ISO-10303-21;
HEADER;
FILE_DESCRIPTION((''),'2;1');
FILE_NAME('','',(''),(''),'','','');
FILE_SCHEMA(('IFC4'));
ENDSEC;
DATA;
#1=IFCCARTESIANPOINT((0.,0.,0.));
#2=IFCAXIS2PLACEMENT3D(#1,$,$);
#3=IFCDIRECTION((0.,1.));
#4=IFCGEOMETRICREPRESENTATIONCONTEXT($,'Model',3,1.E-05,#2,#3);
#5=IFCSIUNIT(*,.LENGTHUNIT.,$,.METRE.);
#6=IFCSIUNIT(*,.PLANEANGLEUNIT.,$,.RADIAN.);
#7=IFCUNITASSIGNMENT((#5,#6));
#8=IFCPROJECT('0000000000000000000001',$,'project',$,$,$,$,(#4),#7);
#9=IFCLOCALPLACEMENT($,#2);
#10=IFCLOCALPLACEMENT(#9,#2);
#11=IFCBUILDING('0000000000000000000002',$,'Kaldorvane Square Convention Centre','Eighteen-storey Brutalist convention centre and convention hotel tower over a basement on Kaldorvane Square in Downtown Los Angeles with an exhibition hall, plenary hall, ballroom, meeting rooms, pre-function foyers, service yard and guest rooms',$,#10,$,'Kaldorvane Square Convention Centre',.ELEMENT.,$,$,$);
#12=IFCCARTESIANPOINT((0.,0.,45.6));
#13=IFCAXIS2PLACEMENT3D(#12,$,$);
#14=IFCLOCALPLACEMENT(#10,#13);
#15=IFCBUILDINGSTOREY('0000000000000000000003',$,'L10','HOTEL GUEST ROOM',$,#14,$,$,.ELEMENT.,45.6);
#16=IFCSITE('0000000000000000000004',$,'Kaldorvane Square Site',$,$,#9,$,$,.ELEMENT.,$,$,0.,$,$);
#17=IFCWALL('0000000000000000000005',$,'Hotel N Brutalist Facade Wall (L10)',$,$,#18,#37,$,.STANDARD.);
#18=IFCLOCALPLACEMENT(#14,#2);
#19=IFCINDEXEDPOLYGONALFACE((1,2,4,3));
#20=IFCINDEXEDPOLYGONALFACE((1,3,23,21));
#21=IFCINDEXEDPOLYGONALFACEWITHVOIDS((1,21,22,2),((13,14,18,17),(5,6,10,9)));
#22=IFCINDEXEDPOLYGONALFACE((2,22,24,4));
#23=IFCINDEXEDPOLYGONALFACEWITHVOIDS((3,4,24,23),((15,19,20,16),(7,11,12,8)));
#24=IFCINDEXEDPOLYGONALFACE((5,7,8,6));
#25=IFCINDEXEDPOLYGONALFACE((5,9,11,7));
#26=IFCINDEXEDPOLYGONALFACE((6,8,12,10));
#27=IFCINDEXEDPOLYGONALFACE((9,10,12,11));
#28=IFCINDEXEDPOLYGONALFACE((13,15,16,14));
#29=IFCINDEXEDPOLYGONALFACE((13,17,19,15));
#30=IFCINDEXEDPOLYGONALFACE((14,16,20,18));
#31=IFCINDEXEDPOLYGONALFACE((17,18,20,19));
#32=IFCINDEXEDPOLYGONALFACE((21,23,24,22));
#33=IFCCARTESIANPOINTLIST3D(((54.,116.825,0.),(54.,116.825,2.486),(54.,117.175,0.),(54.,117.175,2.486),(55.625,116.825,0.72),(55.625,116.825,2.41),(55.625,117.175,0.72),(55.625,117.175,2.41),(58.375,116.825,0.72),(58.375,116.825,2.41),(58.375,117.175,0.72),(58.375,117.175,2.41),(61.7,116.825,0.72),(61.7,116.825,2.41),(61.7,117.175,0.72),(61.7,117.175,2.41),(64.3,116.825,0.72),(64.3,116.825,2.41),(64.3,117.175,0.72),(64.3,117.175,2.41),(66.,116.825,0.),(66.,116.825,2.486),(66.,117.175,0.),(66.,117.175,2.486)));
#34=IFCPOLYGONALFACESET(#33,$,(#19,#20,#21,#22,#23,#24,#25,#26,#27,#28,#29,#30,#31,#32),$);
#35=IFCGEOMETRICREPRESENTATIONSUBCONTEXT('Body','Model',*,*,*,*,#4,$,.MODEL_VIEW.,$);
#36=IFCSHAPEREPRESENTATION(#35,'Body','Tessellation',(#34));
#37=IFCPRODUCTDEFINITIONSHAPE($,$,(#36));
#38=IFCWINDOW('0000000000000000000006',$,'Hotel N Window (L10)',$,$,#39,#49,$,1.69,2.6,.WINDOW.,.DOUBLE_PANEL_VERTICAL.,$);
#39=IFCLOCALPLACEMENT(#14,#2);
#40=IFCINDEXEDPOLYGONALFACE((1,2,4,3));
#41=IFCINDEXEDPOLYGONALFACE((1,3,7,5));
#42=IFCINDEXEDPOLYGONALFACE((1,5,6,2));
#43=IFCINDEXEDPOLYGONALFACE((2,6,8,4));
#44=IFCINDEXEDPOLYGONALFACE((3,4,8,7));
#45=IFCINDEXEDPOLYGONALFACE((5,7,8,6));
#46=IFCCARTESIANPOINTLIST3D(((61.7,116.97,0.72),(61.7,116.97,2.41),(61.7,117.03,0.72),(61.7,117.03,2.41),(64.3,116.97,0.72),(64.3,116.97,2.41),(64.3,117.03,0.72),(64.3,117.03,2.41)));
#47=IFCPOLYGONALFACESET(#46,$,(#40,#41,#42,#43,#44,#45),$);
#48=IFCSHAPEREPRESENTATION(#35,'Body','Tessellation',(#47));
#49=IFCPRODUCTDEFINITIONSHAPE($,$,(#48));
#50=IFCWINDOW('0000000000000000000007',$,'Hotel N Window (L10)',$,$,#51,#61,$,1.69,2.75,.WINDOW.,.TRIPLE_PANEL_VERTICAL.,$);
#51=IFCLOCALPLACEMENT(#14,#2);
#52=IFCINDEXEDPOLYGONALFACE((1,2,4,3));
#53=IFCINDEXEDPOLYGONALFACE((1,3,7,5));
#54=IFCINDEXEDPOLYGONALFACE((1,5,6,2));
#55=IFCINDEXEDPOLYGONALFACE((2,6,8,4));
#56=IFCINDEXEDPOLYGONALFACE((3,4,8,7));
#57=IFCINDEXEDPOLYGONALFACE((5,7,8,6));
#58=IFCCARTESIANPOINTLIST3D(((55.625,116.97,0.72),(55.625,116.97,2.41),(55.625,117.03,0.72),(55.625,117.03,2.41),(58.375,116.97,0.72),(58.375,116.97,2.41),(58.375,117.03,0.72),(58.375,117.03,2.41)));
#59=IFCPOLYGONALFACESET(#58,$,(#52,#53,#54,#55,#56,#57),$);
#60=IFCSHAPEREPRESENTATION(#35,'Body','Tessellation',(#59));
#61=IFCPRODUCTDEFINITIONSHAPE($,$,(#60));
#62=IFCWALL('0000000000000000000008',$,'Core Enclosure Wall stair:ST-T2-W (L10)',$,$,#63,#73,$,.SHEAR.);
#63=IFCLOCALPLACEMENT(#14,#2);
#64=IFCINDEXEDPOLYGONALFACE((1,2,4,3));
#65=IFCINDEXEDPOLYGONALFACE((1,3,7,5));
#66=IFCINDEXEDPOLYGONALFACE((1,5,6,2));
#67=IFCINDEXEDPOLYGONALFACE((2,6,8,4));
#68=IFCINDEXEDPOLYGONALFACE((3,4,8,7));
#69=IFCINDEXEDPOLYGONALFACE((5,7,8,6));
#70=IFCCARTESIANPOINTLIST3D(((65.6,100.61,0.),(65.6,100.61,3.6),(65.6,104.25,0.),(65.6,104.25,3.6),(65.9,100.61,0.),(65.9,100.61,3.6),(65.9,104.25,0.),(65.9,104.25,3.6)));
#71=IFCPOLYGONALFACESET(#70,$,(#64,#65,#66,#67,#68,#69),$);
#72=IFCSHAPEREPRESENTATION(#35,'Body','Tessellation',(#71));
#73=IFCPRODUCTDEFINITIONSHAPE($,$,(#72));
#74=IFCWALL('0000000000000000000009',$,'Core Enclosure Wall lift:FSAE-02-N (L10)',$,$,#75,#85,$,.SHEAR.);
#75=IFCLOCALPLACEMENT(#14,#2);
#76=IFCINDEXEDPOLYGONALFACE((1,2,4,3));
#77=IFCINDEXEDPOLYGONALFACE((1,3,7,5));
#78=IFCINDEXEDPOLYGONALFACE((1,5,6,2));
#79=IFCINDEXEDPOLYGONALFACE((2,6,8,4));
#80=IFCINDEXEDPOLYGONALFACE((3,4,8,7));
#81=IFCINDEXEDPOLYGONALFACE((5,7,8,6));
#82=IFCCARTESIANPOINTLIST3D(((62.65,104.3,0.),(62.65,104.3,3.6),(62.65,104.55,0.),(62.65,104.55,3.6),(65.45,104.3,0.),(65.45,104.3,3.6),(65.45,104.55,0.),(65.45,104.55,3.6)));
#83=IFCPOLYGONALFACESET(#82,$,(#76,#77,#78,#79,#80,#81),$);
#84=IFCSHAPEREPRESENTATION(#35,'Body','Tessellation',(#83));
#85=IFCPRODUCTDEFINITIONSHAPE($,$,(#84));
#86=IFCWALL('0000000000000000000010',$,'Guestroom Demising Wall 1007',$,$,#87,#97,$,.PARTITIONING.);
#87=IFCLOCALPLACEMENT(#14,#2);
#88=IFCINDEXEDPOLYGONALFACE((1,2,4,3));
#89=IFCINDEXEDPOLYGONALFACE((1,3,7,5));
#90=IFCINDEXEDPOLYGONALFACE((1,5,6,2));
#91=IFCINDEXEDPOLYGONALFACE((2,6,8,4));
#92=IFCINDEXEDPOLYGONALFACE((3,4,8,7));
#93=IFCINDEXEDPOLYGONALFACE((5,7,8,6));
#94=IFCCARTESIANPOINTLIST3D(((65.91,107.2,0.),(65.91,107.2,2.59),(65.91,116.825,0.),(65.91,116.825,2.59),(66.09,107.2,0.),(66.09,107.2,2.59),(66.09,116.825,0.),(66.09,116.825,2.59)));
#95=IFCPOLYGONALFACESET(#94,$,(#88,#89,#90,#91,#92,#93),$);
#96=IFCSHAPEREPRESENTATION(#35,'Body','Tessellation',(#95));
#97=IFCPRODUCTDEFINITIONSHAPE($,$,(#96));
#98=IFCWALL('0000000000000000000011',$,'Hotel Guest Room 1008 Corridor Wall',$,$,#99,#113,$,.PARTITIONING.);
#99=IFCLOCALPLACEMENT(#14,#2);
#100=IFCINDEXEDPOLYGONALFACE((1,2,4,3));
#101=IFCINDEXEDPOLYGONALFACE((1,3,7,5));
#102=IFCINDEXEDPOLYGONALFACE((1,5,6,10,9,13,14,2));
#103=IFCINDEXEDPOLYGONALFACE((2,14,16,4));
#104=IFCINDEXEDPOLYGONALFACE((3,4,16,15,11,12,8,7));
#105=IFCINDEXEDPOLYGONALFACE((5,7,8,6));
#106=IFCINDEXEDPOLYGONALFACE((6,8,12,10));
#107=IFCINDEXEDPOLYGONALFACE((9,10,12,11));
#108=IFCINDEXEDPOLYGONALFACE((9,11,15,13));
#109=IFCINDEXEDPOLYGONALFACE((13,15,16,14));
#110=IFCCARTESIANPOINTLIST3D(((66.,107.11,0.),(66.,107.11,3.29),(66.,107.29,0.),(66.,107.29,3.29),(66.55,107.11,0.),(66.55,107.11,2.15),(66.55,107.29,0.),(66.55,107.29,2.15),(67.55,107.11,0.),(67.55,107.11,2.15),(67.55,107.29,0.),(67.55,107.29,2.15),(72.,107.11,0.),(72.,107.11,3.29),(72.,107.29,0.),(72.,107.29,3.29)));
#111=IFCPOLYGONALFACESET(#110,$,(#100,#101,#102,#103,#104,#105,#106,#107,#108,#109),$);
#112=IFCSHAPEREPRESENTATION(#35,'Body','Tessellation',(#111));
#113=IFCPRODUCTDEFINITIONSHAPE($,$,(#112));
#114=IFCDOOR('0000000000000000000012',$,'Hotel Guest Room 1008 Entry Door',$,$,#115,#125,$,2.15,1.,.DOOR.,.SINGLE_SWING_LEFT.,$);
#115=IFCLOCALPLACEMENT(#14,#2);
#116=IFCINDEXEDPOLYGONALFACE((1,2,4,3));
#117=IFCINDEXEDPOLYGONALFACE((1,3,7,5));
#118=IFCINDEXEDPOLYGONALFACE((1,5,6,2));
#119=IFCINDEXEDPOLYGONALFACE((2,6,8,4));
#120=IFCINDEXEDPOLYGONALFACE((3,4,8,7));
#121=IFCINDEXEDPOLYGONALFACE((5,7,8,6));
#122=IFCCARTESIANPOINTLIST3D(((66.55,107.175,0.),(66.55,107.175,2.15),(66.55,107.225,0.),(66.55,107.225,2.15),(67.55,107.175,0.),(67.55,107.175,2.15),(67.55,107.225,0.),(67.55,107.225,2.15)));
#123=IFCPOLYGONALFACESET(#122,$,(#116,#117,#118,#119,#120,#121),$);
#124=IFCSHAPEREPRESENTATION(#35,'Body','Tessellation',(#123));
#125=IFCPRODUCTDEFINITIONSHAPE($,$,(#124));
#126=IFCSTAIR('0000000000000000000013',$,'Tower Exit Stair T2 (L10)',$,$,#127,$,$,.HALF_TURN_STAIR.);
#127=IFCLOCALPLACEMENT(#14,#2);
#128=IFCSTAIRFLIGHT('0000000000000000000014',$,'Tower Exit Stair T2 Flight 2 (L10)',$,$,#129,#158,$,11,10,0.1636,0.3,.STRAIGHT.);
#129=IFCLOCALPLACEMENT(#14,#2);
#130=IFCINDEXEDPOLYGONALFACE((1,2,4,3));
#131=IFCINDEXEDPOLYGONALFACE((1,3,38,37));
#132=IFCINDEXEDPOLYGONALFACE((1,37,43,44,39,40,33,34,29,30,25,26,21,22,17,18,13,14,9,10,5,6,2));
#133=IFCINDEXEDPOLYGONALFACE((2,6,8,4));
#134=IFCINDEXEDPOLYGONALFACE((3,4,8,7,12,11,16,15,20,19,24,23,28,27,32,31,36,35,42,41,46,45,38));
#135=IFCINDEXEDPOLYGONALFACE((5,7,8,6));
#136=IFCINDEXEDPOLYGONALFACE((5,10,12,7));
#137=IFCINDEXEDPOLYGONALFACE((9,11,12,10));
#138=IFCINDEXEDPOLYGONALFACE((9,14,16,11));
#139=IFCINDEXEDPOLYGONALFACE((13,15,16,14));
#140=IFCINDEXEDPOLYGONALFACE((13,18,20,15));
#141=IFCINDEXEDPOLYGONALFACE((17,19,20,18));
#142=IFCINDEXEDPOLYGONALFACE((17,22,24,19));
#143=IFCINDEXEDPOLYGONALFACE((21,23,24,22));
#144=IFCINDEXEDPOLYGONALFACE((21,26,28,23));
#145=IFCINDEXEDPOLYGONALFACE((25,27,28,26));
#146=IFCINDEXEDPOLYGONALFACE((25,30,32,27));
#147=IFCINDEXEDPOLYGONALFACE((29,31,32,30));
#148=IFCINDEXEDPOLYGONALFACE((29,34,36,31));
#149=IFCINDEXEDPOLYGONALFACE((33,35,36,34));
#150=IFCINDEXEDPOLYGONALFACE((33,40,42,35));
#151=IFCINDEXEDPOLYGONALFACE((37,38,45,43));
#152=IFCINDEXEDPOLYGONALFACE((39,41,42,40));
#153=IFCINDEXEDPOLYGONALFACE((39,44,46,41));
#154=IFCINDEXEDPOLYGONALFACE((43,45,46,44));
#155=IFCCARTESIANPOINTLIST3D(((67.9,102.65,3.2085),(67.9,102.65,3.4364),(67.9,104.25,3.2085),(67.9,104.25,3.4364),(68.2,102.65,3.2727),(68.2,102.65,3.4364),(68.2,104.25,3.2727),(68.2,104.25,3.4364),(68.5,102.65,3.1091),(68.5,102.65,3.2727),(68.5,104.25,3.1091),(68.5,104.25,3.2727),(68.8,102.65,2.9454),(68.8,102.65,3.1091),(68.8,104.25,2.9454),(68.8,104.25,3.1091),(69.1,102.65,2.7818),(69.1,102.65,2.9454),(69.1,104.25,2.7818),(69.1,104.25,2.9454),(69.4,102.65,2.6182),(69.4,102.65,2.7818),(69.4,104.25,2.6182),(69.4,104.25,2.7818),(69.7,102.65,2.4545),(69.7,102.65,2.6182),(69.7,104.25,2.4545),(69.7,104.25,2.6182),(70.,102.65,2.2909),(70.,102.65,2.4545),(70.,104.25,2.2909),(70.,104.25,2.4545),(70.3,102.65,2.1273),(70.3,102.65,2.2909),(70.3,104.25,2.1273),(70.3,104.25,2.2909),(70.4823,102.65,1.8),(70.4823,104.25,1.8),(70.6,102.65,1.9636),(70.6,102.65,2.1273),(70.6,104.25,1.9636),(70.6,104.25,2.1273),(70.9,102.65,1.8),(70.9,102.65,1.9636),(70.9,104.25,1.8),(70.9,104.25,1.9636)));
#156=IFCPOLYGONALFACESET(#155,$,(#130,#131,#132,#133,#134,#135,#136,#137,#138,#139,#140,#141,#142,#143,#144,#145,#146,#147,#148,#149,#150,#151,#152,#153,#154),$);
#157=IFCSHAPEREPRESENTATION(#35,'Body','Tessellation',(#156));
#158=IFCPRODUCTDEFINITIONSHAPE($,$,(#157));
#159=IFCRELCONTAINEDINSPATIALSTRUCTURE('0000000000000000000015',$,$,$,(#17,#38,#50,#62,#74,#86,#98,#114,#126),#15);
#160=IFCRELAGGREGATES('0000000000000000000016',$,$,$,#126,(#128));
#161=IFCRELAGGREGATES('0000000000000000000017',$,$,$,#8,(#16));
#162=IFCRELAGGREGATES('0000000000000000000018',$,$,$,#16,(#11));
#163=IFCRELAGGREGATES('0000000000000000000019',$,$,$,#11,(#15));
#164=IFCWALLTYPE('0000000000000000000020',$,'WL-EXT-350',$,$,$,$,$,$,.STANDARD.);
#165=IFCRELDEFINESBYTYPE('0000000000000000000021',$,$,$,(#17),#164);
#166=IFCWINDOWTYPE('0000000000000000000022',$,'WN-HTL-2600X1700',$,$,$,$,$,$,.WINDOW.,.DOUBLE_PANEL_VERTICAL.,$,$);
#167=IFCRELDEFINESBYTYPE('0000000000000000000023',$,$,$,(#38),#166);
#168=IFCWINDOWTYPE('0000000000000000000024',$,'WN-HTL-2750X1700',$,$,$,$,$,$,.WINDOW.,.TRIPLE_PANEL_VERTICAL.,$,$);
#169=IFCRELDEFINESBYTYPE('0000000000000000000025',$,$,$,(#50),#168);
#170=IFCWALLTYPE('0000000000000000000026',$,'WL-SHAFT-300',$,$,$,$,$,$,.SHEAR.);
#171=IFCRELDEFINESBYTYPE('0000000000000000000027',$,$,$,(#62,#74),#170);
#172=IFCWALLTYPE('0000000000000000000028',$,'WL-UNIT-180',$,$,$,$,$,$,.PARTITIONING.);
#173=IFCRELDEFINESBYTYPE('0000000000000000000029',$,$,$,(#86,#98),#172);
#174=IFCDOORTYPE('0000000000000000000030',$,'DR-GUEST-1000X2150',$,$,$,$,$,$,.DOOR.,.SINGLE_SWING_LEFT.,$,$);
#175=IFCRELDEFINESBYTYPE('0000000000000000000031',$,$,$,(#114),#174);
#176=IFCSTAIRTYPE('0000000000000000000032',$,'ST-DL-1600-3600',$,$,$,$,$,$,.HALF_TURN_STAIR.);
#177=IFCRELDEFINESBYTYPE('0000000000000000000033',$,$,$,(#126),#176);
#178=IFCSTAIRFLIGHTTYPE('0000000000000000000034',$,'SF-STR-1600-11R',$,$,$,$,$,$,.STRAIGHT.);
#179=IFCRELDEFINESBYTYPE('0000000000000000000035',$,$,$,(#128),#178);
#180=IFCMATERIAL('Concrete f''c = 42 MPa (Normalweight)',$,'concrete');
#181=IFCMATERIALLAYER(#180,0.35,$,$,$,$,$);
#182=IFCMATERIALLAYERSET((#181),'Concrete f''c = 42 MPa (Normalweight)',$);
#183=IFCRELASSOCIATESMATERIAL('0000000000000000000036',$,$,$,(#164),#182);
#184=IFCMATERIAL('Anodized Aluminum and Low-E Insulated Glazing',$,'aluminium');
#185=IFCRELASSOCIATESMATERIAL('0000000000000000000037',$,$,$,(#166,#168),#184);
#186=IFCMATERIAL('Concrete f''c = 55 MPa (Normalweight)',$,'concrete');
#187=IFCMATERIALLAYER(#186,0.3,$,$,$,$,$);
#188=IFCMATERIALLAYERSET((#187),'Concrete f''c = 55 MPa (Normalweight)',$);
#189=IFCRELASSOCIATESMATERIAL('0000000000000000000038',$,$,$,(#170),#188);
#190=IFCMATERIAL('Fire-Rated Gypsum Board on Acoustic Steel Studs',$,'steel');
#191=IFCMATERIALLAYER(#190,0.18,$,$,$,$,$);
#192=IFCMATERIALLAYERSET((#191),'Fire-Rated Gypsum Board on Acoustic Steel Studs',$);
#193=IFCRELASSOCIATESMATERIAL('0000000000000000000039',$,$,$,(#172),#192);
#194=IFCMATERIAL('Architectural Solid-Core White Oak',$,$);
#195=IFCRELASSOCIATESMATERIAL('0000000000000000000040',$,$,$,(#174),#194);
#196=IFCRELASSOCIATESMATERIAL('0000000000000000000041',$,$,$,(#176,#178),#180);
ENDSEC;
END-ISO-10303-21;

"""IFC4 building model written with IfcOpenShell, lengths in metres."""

from ifc_helpers import new_model, si_unit, direction, frame, frame_2d, origin, place, context, subcontext, project, spatial, polyline, rectangle, outline, extrude, material, layer, layer_set, type_object, element, fill, aggregate, save


model = new_model("IFC4")

# Units and contexts
model_context = context("Model", 3, precision=1e-05, world=origin(), true_north=direction((0.0, 1.0)))
body_context = subcontext(model_context, "Body", "Model", "MODEL_VIEW")
ifc_project = project(units=[si_unit("LENGTHUNIT", "METRE"), si_unit("PLANEANGLEUNIT", "RADIAN")], contexts=[model_context])

# Site, building, storey
site_placement = place(None, origin())
site = spatial("IfcSite", under=ifc_project, at=site_placement, Name="Kaldorvane Square Site", CompositionType="ELEMENT", RefElevation=0.0)
building_placement = place(site_placement, origin())
building = spatial("IfcBuilding", under=site, at=building_placement, Name="Kaldorvane Square Convention Centre", Description="Eighteen-storey Brutalist convention centre and convention hotel tower over a basement on Kaldorvane Square in Downtown Los Angeles with an exhibition hall, plenary hall, ballroom, meeting rooms, pre-function foyers, service yard and guest rooms", LongName="Kaldorvane Square Convention Centre", CompositionType="ELEMENT")
storey_placement = place(building_placement, frame((0.0, 0.0, 45.6)))
storey = spatial("IfcBuildingStorey", under=building, at=storey_placement, Name="L10", Description="HOTEL GUEST ROOM", CompositionType="ELEMENT", Elevation=45.6)

# Shared definitions
ifc_material_1 = material(Name="Concrete f'c = 42 MPa (Normalweight)", Category="concrete")

# Shared definitions
ifc_material_2 = material(Name="Fire-Rated Gypsum Board on Acoustic Steel Studs", Category="steel")
ifc_material_3 = material(Name="Architectural Solid-Core White Oak")

# Wall, openings, windows
ifc_layer_1 = layer(ifc_material_1, 0.35)
ifc_layer_set_1 = layer_set([ifc_layer_1], Name="Concrete f'c = 42 MPa (Normalweight)")
wall_type_1 = type_object("IfcWallType", Name="WL-EXT-350", PredefinedType="STANDARD", material=ifc_layer_set_1)
wall_1_placement = place(storey_placement, frame((66.0, 117.0, 0.0), z_axis=(0.0, 0.0, 1.0), x_axis=(-1.0, 0.0, 0.0)))
wall_1 = element("IfcWall", 1, at=wall_1_placement, inside=storey, type_object=wall_type_1, Name="Hotel N Brutalist Facade Wall (L10)", PredefinedType="STANDARD", context=body_context, shape_type="SweptSolid", body=[
    extrude(rectangle(XDim=12.0, YDim=0.35, at=frame_2d((6.0, 0.0))), origin(), (0.0, 0.0, 1.0), 2.486),
])
opening_1_placement = place(wall_1_placement, frame((1.7, 0.0, 0.72)))
opening_1 = element("IfcOpeningElement", 2, at=opening_1_placement, cuts=wall_1, PredefinedType="OPENING", context=body_context, shape_type="SweptSolid", body=[
    extrude(rectangle(XDim=2.6, YDim=1.69, at=frame_2d((1.3, 0.845))), frame((0.0, 0.19, 0.0), z_axis=(0.0, -1.0, 0.0), x_axis=(1.0, 0.0, 0.0)), (0.0, 0.0, 1.0), 0.38),
])
opening_2_placement = place(wall_1_placement, frame((7.625, 0.0, 0.72)))
opening_2 = element("IfcOpeningElement", 3, at=opening_2_placement, cuts=wall_1, PredefinedType="OPENING", context=body_context, shape_type="SweptSolid", body=[
    extrude(rectangle(XDim=2.75, YDim=1.69, at=frame_2d((1.375, 0.845))), frame((0.0, 0.19, 0.0), z_axis=(0.0, -1.0, 0.0), x_axis=(1.0, 0.0, 0.0)), (0.0, 0.0, 1.0), 0.38),
])
ifc_material_4 = material(Name="Anodized Aluminum and Low-E Insulated Glazing", Category="aluminium")
window_type_1 = type_object("IfcWindowType", Name="WN-HTL-2600X1700", PartitioningType="DOUBLE_PANEL_VERTICAL", PredefinedType="WINDOW", material=ifc_material_4)
window_1_placement = place(opening_1_placement, origin())
window_1 = element("IfcWindow", 4, at=window_1_placement, inside=storey, type_object=window_type_1, Name="Hotel N Window (L10)", OverallHeight=1.69, OverallWidth=2.6, PartitioningType="DOUBLE_PANEL_VERTICAL", PredefinedType="WINDOW", context=body_context, shape_type="SweptSolid", body=[
    extrude(rectangle(XDim=2.6, YDim=1.69, at=frame_2d((1.3, 0.845))), frame((0.0, 0.03, 0.0), z_axis=(0.0, -1.0, 0.0), x_axis=(1.0, 0.0, 0.0)), (0.0, 0.0, 1.0), 0.06),
])
fill(opening_1, window_1)
window_type_2 = type_object("IfcWindowType", Name="WN-HTL-2750X1700", PartitioningType="TRIPLE_PANEL_VERTICAL", PredefinedType="WINDOW", material=ifc_material_4)
window_2_placement = place(opening_2_placement, origin())
window_2 = element("IfcWindow", 5, at=window_2_placement, inside=storey, type_object=window_type_2, Name="Hotel N Window (L10)", OverallHeight=1.69, OverallWidth=2.75, PartitioningType="TRIPLE_PANEL_VERTICAL", PredefinedType="WINDOW", context=body_context, shape_type="SweptSolid", body=[
    extrude(rectangle(XDim=2.75, YDim=1.69, at=frame_2d((1.375, 0.845))), frame((0.0, 0.03, 0.0), z_axis=(0.0, -1.0, 0.0), x_axis=(1.0, 0.0, 0.0)), (0.0, 0.0, 1.0), 0.06),
])
fill(opening_2, window_2)

# Walls
ifc_material_5 = material(Name="Concrete f'c = 55 MPa (Normalweight)", Category="concrete")
ifc_layer_2 = layer(ifc_material_5, 0.3)
ifc_layer_set_2 = layer_set([ifc_layer_2], Name="Concrete f'c = 55 MPa (Normalweight)")
wall_type_2 = type_object("IfcWallType", Name="WL-SHAFT-300", PredefinedType="SHEAR", material=ifc_layer_set_2)
wall_2_placement = place(storey_placement, frame((65.75, 104.25, 0.0), z_axis=(0.0, 0.0, 1.0), x_axis=(0.0, -1.0, 0.0)))
element("IfcWall", 6, at=wall_2_placement, inside=storey, type_object=wall_type_2, Name="Core Enclosure Wall stair:ST-T2-W (L10)", PredefinedType="SHEAR", context=body_context, shape_type="SweptSolid", body=[
    extrude(rectangle(XDim=3.64, YDim=0.3, at=frame_2d((1.82, 0.0))), origin(), (0.0, 0.0, 1.0), 3.6),
])
wall_3_placement = place(storey_placement, frame((65.45, 104.425, 0.0), z_axis=(0.0, 0.0, 1.0), x_axis=(-1.0, 0.0, 0.0)))
element("IfcWall", 7, at=wall_3_placement, inside=storey, type_object=wall_type_2, Name="Core Enclosure Wall lift:FSAE-02-N (L10)", PredefinedType="SHEAR", context=body_context, shape_type="SweptSolid", body=[
    extrude(rectangle(XDim=2.8, YDim=0.25, at=frame_2d((1.4, 0.0))), origin(), (0.0, 0.0, 1.0), 3.6),
])
ifc_layer_3 = layer(ifc_material_2, 0.18)
ifc_layer_set_3 = layer_set([ifc_layer_3], Name="Fire-Rated Gypsum Board on Acoustic Steel Studs")
wall_type_3 = type_object("IfcWallType", Name="WL-UNIT-180", PredefinedType="PARTITIONING", material=ifc_layer_set_3)
wall_4_placement = place(storey_placement, frame((66.0, 107.2, 0.0), z_axis=(0.0, 0.0, 1.0), x_axis=(0.0, 1.0, 0.0)))
element("IfcWall", 8, at=wall_4_placement, inside=storey, type_object=wall_type_3, Name="Guestroom Demising Wall 1007", PredefinedType="PARTITIONING", context=body_context, shape_type="SweptSolid", body=[
    extrude(rectangle(XDim=9.625, YDim=0.18, at=frame_2d((4.8125, 0.0))), origin(), (0.0, 0.0, 1.0), 2.59),
])

# Wall, opening, door
wall_5_placement = place(storey_placement, frame((66.0, 107.2, 0.0), z_axis=(0.0, 0.0, 1.0), x_axis=(1.0, 0.0, 0.0)))
wall_5 = element("IfcWall", 9, at=wall_5_placement, inside=storey, type_object=wall_type_3, Name="Hotel Guest Room 1008 Corridor Wall", PredefinedType="PARTITIONING", context=body_context, shape_type="SweptSolid", body=[
    extrude(rectangle(XDim=6.0, YDim=0.18, at=frame_2d((3.0, 0.0))), origin(), (0.0, 0.0, 1.0), 3.29),
])
opening_3_placement = place(wall_5_placement, frame((0.55, 0.0, 0.0)))
opening_3 = element("IfcOpeningElement", 10, at=opening_3_placement, cuts=wall_5, PredefinedType="OPENING", context=body_context, shape_type="SweptSolid", body=[
    extrude(rectangle(XDim=1.0, YDim=2.15, at=frame_2d((0.5, 1.075))), frame((0.0, 0.105, 0.0), z_axis=(0.0, -1.0, 0.0), x_axis=(1.0, 0.0, 0.0)), (0.0, 0.0, 1.0), 0.21),
])
door_type_1 = type_object("IfcDoorType", Name="DR-GUEST-1000X2150", OperationType="SINGLE_SWING_LEFT", PredefinedType="DOOR", material=ifc_material_3)
door_1_placement = place(opening_3_placement, origin())
door_1 = element("IfcDoor", 11, at=door_1_placement, inside=storey, type_object=door_type_1, Name="Hotel Guest Room 1008 Entry Door", OperationType="SINGLE_SWING_LEFT", OverallHeight=2.15, OverallWidth=1.0, PredefinedType="DOOR", context=body_context, shape_type="SweptSolid", body=[
    extrude(rectangle(XDim=1.0, YDim=2.15, at=frame_2d((0.5, 1.075))), frame((0.0, 0.025, 0.0), z_axis=(0.0, -1.0, 0.0), x_axis=(1.0, 0.0, 0.0)), (0.0, 0.0, 1.0), 0.05),
])
fill(opening_3, door_1)

# Stair, stair flight
stair_type = type_object("IfcStairType", Name="ST-DL-1600-3600", PredefinedType="HALF_TURN_STAIR", material=ifc_material_1)
stair_placement = place(storey_placement, origin())
stair = element("IfcStair", 12, at=stair_placement, inside=storey, type_object=stair_type, Name="Tower Exit Stair T2 (L10)", PredefinedType="HALF_TURN_STAIR")
stair_flight_type = type_object("IfcStairFlightType", Name="SF-STR-1600-11R", PredefinedType="STRAIGHT", material=ifc_material_1)
stair_flight_placement = place(storey_placement, frame((70.9, 103.45, 1.8), z_axis=(0.0, 0.0, 1.0), x_axis=(-1.0, 0.0, 0.0)))
stair_flight = element("IfcStairFlight", 13, at=stair_flight_placement, type_object=stair_flight_type, Name="Tower Exit Stair T2 Flight 2 (L10)", NumberOfRisers=11, NumberOfTreads=10, PredefinedType="STRAIGHT", RiserHeight=0.1636, TreadLength=0.3, context=body_context, shape_type="SweptSolid", body=[
    extrude(outline(polyline([(0.0, 0.0), (0.0, 0.1636), (0.3, 0.1636), (0.3, 0.3273), (0.6, 0.3273), (0.6, 0.4909), (0.9, 0.4909), (0.9, 0.6545), (1.2, 0.6545), (1.2, 0.8182), (1.5, 0.8182), (1.5, 0.9818), (1.8, 0.9818), (1.8, 1.1455), (2.1, 1.1455), (2.1, 1.3091), (2.4, 1.3091), (2.4, 1.4727), (2.7, 1.4727), (2.7, 1.6364), (3.0, 1.6364), (3.0, 1.8), (3.0, 1.4086), (0.4177, 0.0), (0.0, 0.0)])), frame((0.0, 0.8, 0.0), z_axis=(0.0, -1.0, 0.0), x_axis=(1.0, 0.0, 0.0)), (0.0, 0.0, 1.0), 1.6),
])
aggregate(stair, [stair_flight])

save(model, "model.ifc")
